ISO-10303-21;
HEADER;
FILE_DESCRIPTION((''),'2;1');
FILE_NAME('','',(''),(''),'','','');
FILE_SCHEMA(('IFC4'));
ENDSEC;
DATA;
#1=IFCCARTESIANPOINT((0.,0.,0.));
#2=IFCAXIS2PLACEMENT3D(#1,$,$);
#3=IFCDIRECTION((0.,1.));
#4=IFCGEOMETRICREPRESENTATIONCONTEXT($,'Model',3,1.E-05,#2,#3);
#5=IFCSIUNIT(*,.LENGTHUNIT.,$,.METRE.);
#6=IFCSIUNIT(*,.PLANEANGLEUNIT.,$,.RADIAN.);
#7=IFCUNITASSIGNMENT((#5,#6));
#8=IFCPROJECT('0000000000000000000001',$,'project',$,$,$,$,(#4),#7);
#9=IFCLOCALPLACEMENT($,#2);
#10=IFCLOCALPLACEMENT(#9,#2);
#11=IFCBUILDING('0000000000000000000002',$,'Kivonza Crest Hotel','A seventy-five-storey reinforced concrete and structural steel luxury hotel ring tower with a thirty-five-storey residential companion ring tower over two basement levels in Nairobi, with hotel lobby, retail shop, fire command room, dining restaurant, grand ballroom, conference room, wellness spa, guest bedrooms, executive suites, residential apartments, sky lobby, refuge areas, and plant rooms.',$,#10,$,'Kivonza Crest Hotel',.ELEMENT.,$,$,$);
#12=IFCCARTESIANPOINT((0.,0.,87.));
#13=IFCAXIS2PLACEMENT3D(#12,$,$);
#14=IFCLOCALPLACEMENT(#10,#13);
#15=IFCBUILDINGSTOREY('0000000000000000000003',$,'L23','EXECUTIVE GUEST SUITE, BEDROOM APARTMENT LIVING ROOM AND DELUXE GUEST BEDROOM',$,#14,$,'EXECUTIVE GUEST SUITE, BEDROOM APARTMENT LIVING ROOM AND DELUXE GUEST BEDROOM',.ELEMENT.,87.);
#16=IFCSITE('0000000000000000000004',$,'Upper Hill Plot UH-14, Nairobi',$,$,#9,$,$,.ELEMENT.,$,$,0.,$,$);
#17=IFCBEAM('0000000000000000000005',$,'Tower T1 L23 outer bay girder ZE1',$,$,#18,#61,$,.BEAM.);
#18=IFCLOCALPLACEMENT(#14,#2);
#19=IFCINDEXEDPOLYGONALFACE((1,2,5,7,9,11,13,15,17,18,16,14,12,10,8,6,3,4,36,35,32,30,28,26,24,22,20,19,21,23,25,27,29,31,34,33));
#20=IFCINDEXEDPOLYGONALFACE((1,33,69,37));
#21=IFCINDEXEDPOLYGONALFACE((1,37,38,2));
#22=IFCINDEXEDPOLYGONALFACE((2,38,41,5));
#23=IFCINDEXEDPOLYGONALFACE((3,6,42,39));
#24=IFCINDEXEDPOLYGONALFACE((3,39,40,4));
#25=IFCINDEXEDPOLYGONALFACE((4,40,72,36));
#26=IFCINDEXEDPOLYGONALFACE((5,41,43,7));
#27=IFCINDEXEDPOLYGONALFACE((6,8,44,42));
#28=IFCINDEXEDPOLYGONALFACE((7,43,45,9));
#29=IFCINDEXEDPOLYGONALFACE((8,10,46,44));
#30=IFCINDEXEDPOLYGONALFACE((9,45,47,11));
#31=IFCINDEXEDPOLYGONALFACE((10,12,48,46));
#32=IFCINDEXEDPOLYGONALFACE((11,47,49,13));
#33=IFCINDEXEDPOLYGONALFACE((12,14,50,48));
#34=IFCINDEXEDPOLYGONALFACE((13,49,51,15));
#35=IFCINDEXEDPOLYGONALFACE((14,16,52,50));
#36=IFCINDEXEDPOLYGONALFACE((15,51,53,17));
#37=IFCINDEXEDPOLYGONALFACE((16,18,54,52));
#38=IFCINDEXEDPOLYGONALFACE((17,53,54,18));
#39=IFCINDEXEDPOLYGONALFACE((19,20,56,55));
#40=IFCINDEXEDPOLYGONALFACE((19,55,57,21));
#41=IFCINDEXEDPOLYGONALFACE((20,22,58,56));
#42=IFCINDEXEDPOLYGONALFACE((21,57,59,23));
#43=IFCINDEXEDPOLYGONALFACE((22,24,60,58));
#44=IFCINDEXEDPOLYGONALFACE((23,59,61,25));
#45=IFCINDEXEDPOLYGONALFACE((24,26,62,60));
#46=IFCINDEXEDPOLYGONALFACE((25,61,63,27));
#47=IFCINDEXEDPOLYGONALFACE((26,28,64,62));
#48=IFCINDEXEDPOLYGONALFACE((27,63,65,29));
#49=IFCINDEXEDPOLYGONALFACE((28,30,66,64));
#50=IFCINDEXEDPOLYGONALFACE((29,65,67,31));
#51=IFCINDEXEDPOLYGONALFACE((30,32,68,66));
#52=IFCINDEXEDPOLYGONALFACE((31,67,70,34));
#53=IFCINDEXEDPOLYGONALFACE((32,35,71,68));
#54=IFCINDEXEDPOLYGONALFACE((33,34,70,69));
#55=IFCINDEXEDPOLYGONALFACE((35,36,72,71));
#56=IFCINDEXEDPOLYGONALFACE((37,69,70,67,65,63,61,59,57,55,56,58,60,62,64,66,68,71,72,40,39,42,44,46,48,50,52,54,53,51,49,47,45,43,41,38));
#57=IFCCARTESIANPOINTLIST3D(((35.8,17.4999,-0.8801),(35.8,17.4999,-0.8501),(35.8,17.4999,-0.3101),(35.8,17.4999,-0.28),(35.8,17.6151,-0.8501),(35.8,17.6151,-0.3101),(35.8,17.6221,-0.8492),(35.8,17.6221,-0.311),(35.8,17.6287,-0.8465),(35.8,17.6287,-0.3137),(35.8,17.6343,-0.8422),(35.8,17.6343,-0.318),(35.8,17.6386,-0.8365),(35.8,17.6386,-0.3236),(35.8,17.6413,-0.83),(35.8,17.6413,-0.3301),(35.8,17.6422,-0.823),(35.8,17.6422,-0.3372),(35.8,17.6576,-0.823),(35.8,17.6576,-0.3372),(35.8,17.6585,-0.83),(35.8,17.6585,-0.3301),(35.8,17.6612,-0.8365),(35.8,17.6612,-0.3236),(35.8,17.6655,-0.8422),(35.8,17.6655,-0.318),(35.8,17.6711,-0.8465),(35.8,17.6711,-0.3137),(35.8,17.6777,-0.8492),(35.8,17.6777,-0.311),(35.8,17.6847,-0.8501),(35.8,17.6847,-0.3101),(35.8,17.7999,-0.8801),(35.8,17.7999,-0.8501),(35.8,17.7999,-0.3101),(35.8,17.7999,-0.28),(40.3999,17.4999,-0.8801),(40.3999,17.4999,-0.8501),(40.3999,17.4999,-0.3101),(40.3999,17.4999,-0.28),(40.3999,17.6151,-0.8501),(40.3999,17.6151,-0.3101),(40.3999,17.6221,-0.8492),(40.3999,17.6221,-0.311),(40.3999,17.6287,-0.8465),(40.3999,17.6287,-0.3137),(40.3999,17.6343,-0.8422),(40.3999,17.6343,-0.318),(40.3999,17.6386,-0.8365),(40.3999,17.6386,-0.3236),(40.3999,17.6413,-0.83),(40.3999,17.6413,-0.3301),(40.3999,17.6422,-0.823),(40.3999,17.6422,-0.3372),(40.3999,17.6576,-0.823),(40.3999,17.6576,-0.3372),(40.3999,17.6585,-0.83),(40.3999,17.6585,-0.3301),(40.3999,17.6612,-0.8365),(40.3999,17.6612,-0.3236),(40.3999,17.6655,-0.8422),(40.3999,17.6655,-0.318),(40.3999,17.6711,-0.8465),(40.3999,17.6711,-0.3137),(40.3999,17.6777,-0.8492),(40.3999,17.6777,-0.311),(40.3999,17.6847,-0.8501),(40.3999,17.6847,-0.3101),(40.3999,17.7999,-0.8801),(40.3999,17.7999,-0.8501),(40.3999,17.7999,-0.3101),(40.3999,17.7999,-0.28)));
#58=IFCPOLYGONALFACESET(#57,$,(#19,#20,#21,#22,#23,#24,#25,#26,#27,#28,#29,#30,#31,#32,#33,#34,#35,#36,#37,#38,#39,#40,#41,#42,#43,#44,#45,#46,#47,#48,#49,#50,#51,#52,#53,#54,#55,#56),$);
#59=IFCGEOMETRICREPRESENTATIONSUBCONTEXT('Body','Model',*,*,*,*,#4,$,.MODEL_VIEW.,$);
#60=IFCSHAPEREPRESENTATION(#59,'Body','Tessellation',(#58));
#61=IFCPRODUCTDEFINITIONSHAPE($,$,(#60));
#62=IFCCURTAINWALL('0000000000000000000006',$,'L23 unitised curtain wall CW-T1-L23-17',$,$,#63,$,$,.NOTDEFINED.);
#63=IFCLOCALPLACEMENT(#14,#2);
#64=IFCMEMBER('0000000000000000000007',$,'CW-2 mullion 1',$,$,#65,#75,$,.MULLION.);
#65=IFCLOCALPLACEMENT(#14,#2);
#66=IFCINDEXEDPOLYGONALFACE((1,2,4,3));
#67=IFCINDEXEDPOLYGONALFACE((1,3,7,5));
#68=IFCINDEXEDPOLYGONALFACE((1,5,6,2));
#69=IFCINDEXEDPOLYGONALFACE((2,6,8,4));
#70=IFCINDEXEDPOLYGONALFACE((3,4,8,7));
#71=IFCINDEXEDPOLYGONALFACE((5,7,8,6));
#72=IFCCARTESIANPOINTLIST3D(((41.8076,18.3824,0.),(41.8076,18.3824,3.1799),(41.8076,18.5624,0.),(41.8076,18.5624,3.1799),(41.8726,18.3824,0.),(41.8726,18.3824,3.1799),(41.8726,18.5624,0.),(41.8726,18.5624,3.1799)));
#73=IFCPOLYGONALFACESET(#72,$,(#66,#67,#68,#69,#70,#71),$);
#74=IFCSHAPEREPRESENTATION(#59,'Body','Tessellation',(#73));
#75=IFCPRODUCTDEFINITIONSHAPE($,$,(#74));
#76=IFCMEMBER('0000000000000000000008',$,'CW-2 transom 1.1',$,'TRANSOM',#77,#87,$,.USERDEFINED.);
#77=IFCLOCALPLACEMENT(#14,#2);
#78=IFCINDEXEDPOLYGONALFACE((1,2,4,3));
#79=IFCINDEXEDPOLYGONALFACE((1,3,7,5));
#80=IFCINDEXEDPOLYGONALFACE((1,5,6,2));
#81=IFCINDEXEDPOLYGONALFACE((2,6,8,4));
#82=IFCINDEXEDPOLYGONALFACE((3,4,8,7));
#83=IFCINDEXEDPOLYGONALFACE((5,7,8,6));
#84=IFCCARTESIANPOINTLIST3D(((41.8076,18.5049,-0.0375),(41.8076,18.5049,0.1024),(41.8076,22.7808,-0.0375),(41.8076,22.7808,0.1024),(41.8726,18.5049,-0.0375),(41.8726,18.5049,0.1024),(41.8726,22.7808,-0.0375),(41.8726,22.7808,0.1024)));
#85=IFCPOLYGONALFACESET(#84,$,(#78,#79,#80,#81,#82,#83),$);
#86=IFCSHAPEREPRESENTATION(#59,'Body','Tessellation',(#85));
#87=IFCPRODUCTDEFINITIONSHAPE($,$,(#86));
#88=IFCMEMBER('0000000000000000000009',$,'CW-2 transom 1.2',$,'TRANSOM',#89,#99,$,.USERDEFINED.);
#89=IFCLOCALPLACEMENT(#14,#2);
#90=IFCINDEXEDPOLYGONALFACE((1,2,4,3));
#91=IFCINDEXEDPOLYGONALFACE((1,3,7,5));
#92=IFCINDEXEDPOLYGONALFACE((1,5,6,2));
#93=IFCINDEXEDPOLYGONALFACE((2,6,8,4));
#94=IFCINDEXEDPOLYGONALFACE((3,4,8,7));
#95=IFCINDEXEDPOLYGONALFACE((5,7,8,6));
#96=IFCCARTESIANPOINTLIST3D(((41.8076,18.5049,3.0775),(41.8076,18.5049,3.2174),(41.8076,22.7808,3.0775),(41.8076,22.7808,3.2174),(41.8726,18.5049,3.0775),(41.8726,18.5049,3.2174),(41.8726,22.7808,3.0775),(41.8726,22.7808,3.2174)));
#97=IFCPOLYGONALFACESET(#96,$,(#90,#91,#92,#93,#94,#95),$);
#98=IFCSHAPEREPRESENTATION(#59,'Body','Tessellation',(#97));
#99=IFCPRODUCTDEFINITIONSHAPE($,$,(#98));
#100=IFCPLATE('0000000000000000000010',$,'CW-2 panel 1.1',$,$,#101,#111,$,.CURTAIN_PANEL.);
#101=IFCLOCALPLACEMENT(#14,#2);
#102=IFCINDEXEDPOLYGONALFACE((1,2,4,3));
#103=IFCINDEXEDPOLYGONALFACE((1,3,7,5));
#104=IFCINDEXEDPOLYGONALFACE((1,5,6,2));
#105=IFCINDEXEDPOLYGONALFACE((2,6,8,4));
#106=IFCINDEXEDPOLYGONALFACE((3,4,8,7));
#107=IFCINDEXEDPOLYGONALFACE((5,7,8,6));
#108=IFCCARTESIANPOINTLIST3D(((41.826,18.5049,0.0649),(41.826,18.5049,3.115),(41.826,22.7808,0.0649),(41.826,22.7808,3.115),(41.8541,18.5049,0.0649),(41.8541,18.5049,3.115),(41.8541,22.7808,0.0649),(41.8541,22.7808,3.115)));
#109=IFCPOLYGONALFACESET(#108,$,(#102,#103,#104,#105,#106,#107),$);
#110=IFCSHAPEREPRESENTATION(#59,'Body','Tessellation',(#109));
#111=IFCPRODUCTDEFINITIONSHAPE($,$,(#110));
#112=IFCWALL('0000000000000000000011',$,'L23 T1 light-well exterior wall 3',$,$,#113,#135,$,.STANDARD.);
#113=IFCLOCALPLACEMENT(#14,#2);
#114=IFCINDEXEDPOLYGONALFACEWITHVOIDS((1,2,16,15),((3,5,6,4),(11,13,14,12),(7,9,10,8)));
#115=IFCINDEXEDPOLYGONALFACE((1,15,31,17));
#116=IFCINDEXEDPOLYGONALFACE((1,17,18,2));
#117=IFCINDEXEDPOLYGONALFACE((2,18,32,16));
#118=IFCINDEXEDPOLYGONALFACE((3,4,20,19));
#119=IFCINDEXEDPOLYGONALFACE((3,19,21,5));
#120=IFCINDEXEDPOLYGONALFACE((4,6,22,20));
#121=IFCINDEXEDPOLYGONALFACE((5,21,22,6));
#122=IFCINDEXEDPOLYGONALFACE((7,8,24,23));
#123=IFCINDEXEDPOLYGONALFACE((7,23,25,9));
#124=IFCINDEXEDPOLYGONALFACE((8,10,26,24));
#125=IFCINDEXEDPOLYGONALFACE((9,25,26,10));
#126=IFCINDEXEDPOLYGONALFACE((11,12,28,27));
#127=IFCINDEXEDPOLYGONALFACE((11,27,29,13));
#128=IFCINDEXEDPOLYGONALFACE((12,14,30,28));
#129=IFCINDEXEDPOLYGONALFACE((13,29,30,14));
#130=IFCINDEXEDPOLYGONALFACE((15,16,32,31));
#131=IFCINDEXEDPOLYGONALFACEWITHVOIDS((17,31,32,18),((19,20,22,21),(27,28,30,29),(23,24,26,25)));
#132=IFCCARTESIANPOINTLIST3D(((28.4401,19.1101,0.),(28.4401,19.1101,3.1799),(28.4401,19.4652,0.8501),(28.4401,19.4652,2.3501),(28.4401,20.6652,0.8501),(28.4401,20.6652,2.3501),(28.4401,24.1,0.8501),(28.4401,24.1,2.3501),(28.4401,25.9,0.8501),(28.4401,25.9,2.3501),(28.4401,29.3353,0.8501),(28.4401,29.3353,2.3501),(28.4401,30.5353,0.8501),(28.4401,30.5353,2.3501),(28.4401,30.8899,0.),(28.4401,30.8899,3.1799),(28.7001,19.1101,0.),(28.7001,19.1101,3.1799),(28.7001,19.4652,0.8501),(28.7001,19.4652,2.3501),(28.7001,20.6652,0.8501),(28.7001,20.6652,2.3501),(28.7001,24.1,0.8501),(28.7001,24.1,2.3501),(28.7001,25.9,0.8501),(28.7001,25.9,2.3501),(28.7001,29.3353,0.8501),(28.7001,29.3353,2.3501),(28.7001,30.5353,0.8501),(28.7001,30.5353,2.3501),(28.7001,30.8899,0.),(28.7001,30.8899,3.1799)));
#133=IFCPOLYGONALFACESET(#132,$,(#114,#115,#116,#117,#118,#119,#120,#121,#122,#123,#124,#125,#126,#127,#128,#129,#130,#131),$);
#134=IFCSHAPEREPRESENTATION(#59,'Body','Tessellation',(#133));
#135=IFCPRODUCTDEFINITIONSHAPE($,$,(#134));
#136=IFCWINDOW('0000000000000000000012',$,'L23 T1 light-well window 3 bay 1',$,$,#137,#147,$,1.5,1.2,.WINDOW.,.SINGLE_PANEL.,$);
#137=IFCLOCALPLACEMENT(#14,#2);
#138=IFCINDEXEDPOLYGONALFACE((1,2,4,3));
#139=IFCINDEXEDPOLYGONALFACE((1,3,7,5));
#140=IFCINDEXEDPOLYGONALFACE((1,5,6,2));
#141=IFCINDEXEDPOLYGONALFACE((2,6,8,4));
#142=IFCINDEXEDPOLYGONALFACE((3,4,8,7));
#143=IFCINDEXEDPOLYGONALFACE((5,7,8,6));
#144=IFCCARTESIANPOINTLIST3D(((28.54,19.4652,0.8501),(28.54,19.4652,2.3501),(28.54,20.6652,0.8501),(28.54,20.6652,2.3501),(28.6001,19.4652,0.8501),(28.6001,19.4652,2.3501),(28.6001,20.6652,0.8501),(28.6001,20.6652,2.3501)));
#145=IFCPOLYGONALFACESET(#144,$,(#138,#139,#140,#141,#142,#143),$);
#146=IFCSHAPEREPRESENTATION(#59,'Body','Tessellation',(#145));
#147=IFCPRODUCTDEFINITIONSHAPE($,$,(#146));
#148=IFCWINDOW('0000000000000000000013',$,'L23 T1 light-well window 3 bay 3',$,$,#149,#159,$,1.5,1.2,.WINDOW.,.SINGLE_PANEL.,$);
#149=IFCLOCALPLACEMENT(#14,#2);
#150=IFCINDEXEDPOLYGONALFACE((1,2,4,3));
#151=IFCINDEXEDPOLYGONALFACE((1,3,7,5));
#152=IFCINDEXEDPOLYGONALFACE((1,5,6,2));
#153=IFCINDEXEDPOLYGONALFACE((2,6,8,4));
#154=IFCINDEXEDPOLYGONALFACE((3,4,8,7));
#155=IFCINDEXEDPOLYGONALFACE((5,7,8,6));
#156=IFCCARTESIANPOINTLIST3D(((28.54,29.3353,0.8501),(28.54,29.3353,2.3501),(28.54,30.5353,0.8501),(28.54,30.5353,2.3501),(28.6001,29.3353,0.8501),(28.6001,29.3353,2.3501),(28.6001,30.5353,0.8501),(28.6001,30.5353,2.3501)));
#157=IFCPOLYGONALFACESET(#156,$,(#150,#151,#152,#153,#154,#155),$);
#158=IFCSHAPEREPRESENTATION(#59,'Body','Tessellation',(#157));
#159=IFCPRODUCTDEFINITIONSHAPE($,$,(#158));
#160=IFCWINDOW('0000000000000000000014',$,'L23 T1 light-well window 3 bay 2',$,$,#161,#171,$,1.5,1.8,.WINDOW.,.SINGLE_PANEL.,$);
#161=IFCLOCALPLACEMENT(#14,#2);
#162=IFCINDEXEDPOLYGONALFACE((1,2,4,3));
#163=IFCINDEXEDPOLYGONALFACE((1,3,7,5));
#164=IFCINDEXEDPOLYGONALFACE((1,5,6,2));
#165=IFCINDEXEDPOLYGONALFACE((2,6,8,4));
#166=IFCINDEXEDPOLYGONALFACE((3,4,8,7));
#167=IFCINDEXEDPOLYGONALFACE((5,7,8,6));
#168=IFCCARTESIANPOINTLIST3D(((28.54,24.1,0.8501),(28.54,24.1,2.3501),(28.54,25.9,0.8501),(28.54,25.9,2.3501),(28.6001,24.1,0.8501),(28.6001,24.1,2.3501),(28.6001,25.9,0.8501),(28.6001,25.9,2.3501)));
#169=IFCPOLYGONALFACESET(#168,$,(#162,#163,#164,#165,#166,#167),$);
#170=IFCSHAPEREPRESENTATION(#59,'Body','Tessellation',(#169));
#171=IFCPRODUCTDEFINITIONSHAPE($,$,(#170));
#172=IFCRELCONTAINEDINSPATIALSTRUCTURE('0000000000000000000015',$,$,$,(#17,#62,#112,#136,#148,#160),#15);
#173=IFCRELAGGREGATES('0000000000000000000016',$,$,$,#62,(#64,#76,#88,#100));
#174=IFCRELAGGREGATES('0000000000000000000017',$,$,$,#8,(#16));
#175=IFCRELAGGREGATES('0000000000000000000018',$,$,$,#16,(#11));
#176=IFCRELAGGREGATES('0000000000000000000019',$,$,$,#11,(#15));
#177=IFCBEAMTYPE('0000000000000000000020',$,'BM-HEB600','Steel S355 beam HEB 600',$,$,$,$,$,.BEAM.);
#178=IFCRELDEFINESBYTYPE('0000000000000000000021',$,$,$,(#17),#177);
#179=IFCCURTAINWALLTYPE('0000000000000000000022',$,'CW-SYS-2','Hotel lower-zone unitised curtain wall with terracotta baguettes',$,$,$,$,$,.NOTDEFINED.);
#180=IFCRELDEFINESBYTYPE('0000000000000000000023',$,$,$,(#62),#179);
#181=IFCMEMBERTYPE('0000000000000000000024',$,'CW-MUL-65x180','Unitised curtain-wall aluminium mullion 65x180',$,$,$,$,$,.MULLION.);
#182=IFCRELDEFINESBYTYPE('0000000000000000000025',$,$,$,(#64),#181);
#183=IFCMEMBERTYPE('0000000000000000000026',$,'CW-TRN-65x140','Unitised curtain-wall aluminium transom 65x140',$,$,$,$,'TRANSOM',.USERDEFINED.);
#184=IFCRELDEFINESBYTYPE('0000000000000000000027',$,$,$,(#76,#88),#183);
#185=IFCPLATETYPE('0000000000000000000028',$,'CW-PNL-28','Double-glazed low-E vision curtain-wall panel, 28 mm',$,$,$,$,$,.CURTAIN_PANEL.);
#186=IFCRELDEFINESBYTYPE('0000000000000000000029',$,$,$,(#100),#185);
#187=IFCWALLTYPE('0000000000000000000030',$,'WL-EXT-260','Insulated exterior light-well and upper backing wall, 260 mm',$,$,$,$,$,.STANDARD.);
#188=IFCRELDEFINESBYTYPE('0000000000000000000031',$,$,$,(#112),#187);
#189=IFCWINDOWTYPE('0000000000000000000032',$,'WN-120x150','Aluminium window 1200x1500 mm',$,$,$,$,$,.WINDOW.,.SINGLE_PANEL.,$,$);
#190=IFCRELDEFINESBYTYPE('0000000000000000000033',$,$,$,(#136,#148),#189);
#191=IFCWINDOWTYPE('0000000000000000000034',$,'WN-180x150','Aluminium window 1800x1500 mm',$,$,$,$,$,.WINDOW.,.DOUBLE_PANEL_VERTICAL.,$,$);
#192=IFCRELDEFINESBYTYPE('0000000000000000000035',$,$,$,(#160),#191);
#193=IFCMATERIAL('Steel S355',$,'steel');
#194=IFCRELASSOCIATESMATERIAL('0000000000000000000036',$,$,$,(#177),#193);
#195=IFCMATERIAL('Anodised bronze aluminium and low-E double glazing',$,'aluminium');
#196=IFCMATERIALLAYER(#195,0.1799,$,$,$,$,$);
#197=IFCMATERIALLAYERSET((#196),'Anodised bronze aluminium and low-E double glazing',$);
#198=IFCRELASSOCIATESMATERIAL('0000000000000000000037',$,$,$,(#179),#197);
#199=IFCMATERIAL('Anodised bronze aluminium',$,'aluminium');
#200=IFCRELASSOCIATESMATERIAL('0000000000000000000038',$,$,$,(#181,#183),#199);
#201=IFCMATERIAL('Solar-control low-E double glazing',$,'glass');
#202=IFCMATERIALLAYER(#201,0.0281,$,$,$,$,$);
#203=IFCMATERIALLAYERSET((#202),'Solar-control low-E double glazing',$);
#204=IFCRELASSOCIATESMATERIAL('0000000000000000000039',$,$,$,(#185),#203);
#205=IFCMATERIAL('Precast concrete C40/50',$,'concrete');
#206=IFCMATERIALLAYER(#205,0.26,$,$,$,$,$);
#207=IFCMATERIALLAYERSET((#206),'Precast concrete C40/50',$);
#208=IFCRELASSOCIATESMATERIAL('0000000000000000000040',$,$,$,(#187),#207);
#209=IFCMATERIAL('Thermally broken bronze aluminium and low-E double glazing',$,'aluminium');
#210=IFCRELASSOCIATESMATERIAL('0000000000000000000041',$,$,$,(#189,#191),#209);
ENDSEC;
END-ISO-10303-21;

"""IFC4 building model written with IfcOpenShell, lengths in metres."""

from ifc_helpers import new_model, si_unit, direction, frame, frame_2d, origin, origin_2d, place, context, subcontext, project, spatial, rectangle, i_section, extrude, material, layer, layer_set, material_profile, profile_set, type_object, element, fill, aggregate, save


model = new_model("IFC4")

# Units and contexts
model_context = context("Model", 3, precision=1e-05, world=origin(), true_north=direction((0.0, 1.0)))
body_context = subcontext(model_context, "Body", "Model", "MODEL_VIEW")
ifc_project = project(units=[si_unit("LENGTHUNIT", "METRE"), si_unit("PLANEANGLEUNIT", "RADIAN")], contexts=[model_context])

# Site, building, storey
site_placement = place(None, origin())
site = spatial("IfcSite", under=ifc_project, at=site_placement, Name="Upper Hill Plot UH-14, Nairobi", CompositionType="ELEMENT", RefElevation=0.0)
building_placement = place(site_placement, origin())
building = spatial("IfcBuilding", under=site, at=building_placement, Name="Kivonza Crest Hotel", Description="A seventy-five-storey reinforced concrete and structural steel luxury hotel ring tower with a thirty-five-storey residential companion ring tower over two basement levels in Nairobi, with hotel lobby, retail shop, fire command room, dining restaurant, grand ballroom, conference room, wellness spa, guest bedrooms, executive suites, residential apartments, sky lobby, refuge areas, and plant rooms.", LongName="Kivonza Crest Hotel", CompositionType="ELEMENT")
storey_placement = place(building_placement, frame((0.0, 0.0, 87.0)))
storey = spatial("IfcBuildingStorey", under=building, at=storey_placement, Name="L23", Description="EXECUTIVE GUEST SUITE, BEDROOM APARTMENT LIVING ROOM AND DELUXE GUEST BEDROOM", LongName="EXECUTIVE GUEST SUITE, BEDROOM APARTMENT LIVING ROOM AND DELUXE GUEST BEDROOM", CompositionType="ELEMENT", Elevation=87.0)

# Beam
ifc_material_1 = material(Name="Steel S355", Category="steel")
ifc_material_profile_1 = material_profile(ifc_material_1, i_section(OverallWidth=0.3, OverallDepth=0.6001, WebThickness=0.0154, FlangeThickness=0.03, FilletRadius=0.0271, at=origin_2d()), Name="HEB 600")
ifc_profile_set_1 = profile_set([ifc_material_profile_1], Name="Steel S355")
beam_type_1 = type_object("IfcBeamType", Name="BM-HEB600", Description="Steel S355 beam HEB 600", PredefinedType="BEAM", material=ifc_profile_set_1)
beam_1_placement = place(storey_placement, frame((40.3999, 17.6499, -0.5801), z_axis=(-1.0, 0.0, 0.0), x_axis=(0.0, -1.0, 0.0)))
element("IfcBeam", 1, at=beam_1_placement, inside=storey, type_object=beam_type_1, Name="Tower T1 L23 outer bay girder ZE1", PredefinedType="BEAM", context=body_context, shape_type="SweptSolid", body=[
    extrude(i_section(OverallWidth=0.3, OverallDepth=0.6001, WebThickness=0.0154, FlangeThickness=0.03, FilletRadius=0.0271, at=origin_2d()), origin(), (0.0, 0.0, 1.0), 4.5999),
])

# Curtain wall, members, plate
ifc_material_2 = material(Name="Anodised bronze aluminium and low-E double glazing", Category="aluminium")
ifc_layer_1 = layer(ifc_material_2, 0.1799)
ifc_layer_set_1 = layer_set([ifc_layer_1], Name="Anodised bronze aluminium and low-E double glazing")
curtain_wall_type = type_object("IfcCurtainWallType", Name="CW-SYS-2", Description="Hotel lower-zone unitised curtain wall with terracotta baguettes", PredefinedType="NOTDEFINED", material=ifc_layer_set_1)
curtain_wall_placement = place(storey_placement, origin())
curtain_wall = element("IfcCurtainWall", 2, at=curtain_wall_placement, inside=storey, type_object=curtain_wall_type, Name="L23 unitised curtain wall CW-T1-L23-17", PredefinedType="NOTDEFINED")
ifc_material_3 = material(Name="Anodised bronze aluminium", Category="aluminium")
ifc_material_profile_2 = material_profile(ifc_material_3, rectangle(XDim=0.0649, YDim=0.1799, at=origin_2d()), Name="CW-M 65x180")
ifc_profile_set_2 = profile_set([ifc_material_profile_2], Name="Anodised bronze aluminium")
member_type_1 = type_object("IfcMemberType", Name="CW-MUL-65x180", Description="Unitised curtain-wall aluminium mullion 65x180", PredefinedType="MULLION", material=ifc_profile_set_2)
member_1_placement = place(storey_placement, frame((41.8401, 18.4724, 0.0), z_axis=(0.0, 0.0, 1.0), x_axis=(-1.0, 0.0, 0.0)))
member_1 = element("IfcMember", 3, at=member_1_placement, type_object=member_type_1, Name="CW-2 mullion 1", PredefinedType="MULLION", context=body_context, shape_type="SweptSolid", body=[
    extrude(rectangle(XDim=0.0649, YDim=0.1799, at=origin_2d()), origin(), (0.0, 0.0, 1.0), 3.1799),
])
ifc_material_profile_3 = material_profile(ifc_material_3, rectangle(XDim=0.0649, YDim=0.1399, at=origin_2d()), Name="CW-T 65x140")
ifc_profile_set_3 = profile_set([ifc_material_profile_3], Name="Anodised bronze aluminium")
member_type_2 = type_object("IfcMemberType", Name="CW-TRN-65x140", Description="Unitised curtain-wall aluminium transom 65x140", ElementType="TRANSOM", PredefinedType="USERDEFINED", material=ifc_profile_set_3)
member_2_placement = place(storey_placement, frame((41.8401, 18.5049, 0.0325), z_axis=(0.0, 1.0, 0.0), x_axis=(-1.0, 0.0, 0.0)))
member_2 = element("IfcMember", 4, at=member_2_placement, type_object=member_type_2, Name="CW-2 transom 1.1", ObjectType="TRANSOM", PredefinedType="USERDEFINED", context=body_context, shape_type="SweptSolid", body=[
    extrude(rectangle(XDim=0.0649, YDim=0.1399, at=origin_2d()), origin(), (0.0, 0.0, 1.0), 4.2759),
])
member_3_placement = place(storey_placement, frame((41.8401, 18.5049, 3.1475), z_axis=(0.0, 1.0, 0.0), x_axis=(-1.0, 0.0, 0.0)))
member_3 = element("IfcMember", 5, at=member_3_placement, type_object=member_type_2, Name="CW-2 transom 1.2", ObjectType="TRANSOM", PredefinedType="USERDEFINED", context=body_context, shape_type="SweptSolid", body=[
    extrude(rectangle(XDim=0.0649, YDim=0.1399, at=origin_2d()), origin(), (0.0, 0.0, 1.0), 4.2759),
])
ifc_material_4 = material(Name="Solar-control low-E double glazing", Category="glass")
ifc_layer_2 = layer(ifc_material_4, 0.0281)
ifc_layer_set_2 = layer_set([ifc_layer_2], Name="Solar-control low-E double glazing")
plate_type = type_object("IfcPlateType", Name="CW-PNL-28", Description="Double-glazed low-E vision curtain-wall panel, 28 mm", PredefinedType="CURTAIN_PANEL", material=ifc_layer_set_2)
plate_placement = place(storey_placement, frame((41.8401, 20.6428, 0.0649), z_axis=(0.0, 0.0, 1.0), x_axis=(0.0, 1.0, 0.0)))
plate = element("IfcPlate", 6, at=plate_placement, type_object=plate_type, Name="CW-2 panel 1.1", PredefinedType="CURTAIN_PANEL", context=body_context, shape_type="SweptSolid", body=[
    extrude(rectangle(XDim=4.2759, YDim=0.0281, at=origin_2d()), origin(), (0.0, 0.0, 1.0), 3.05),
])
aggregate(curtain_wall, [member_1, member_2, member_3, plate])

# Wall, openings, windows
ifc_material_5 = material(Name="Precast concrete C40/50", Category="concrete")
ifc_layer_3 = layer(ifc_material_5, 0.26)
ifc_layer_set_3 = layer_set([ifc_layer_3], Name="Precast concrete C40/50")
wall_type = type_object("IfcWallType", Name="WL-EXT-260", Description="Insulated exterior light-well and upper backing wall, 260 mm", PredefinedType="STANDARD", material=ifc_layer_set_3)
wall_placement = place(storey_placement, frame((28.5701, 19.1101, 0.0), z_axis=(0.0, 0.0, 1.0), x_axis=(0.0, 1.0, 0.0)))
wall = element("IfcWall", 7, at=wall_placement, inside=storey, type_object=wall_type, Name="L23 T1 light-well exterior wall 3", PredefinedType="STANDARD", context=body_context, shape_type="SweptSolid", body=[
    extrude(rectangle(XDim=11.7798, YDim=0.26, at=frame_2d((5.8899, 0.0))), origin(), (0.0, 0.0, 1.0), 3.1799),
])
opening_1_placement = place(wall_placement, frame((0.355, 0.0, 0.8501)))
opening_1 = element("IfcOpeningElement", 8, at=opening_1_placement, cuts=wall, PredefinedType="OPENING", context=body_context, shape_type="SweptSolid", body=[
    extrude(rectangle(XDim=1.2, YDim=1.5, at=frame_2d((0.6001, 0.75))), frame((0.0, 0.1401, 0.0), z_axis=(0.0, -1.0, 0.0), x_axis=(1.0, 0.0, 0.0)), (0.0, 0.0, 1.0), 0.28),
])
opening_2_placement = place(wall_placement, frame((4.99, 0.0, 0.8501)))
opening_2 = element("IfcOpeningElement", 9, at=opening_2_placement, cuts=wall, PredefinedType="OPENING", context=body_context, shape_type="SweptSolid", body=[
    extrude(rectangle(XDim=1.8, YDim=1.5, at=frame_2d((0.8999, 0.75))), frame((0.0, 0.1401, 0.0), z_axis=(0.0, -1.0, 0.0), x_axis=(1.0, 0.0, 0.0)), (0.0, 0.0, 1.0), 0.28),
])
opening_3_placement = place(wall_placement, frame((10.2251, 0.0, 0.8501)))
opening_3 = element("IfcOpeningElement", 10, at=opening_3_placement, cuts=wall, PredefinedType="OPENING", context=body_context, shape_type="SweptSolid", body=[
    extrude(rectangle(XDim=1.2, YDim=1.5, at=frame_2d((0.6001, 0.75))), frame((0.0, 0.1401, 0.0), z_axis=(0.0, -1.0, 0.0), x_axis=(1.0, 0.0, 0.0)), (0.0, 0.0, 1.0), 0.28),
])
ifc_material_6 = material(Name="Thermally broken bronze aluminium and low-E double glazing", Category="aluminium")
window_type_1 = type_object("IfcWindowType", Name="WN-120x150", Description="Aluminium window 1200x1500 mm", PartitioningType="SINGLE_PANEL", PredefinedType="WINDOW", material=ifc_material_6)
window_1_placement = place(opening_1_placement, origin())
window_1 = element("IfcWindow", 11, at=window_1_placement, inside=storey, type_object=window_type_1, Name="L23 T1 light-well window 3 bay 1", OverallHeight=1.5, OverallWidth=1.2, PartitioningType="SINGLE_PANEL", PredefinedType="WINDOW", context=body_context, shape_type="SweptSolid", body=[
    extrude(rectangle(XDim=1.2, YDim=1.5, at=frame_2d((0.6001, 0.75))), frame((0.0, 0.03, 0.0), z_axis=(0.0, -1.0, 0.0), x_axis=(1.0, 0.0, 0.0)), (0.0, 0.0, 1.0), 0.0601),
])
fill(opening_1, window_1)
window_2_placement = place(opening_3_placement, origin())
window_2 = element("IfcWindow", 12, at=window_2_placement, inside=storey, type_object=window_type_1, Name="L23 T1 light-well window 3 bay 3", OverallHeight=1.5, OverallWidth=1.2, PartitioningType="SINGLE_PANEL", PredefinedType="WINDOW", context=body_context, shape_type="SweptSolid", body=[
    extrude(rectangle(XDim=1.2, YDim=1.5, at=frame_2d((0.6001, 0.75))), frame((0.0, 0.03, 0.0), z_axis=(0.0, -1.0, 0.0), x_axis=(1.0, 0.0, 0.0)), (0.0, 0.0, 1.0), 0.0601),
])
fill(opening_3, window_2)
window_type_2 = type_object("IfcWindowType", Name="WN-180x150", Description="Aluminium window 1800x1500 mm", PartitioningType="DOUBLE_PANEL_VERTICAL", PredefinedType="WINDOW", material=ifc_material_6)
window_3_placement = place(opening_2_placement, origin())
window_3 = element("IfcWindow", 13, at=window_3_placement, inside=storey, type_object=window_type_2, Name="L23 T1 light-well window 3 bay 2", OverallHeight=1.5, OverallWidth=1.8, PartitioningType="SINGLE_PANEL", PredefinedType="WINDOW", context=body_context, shape_type="SweptSolid", body=[
    extrude(rectangle(XDim=1.8, YDim=1.5, at=frame_2d((0.8999, 0.75))), frame((0.0, 0.03, 0.0), z_axis=(0.0, -1.0, 0.0), x_axis=(1.0, 0.0, 0.0)), (0.0, 0.0, 1.0), 0.0601),
])
fill(opening_2, window_3)

save(model, "model.ifc")
